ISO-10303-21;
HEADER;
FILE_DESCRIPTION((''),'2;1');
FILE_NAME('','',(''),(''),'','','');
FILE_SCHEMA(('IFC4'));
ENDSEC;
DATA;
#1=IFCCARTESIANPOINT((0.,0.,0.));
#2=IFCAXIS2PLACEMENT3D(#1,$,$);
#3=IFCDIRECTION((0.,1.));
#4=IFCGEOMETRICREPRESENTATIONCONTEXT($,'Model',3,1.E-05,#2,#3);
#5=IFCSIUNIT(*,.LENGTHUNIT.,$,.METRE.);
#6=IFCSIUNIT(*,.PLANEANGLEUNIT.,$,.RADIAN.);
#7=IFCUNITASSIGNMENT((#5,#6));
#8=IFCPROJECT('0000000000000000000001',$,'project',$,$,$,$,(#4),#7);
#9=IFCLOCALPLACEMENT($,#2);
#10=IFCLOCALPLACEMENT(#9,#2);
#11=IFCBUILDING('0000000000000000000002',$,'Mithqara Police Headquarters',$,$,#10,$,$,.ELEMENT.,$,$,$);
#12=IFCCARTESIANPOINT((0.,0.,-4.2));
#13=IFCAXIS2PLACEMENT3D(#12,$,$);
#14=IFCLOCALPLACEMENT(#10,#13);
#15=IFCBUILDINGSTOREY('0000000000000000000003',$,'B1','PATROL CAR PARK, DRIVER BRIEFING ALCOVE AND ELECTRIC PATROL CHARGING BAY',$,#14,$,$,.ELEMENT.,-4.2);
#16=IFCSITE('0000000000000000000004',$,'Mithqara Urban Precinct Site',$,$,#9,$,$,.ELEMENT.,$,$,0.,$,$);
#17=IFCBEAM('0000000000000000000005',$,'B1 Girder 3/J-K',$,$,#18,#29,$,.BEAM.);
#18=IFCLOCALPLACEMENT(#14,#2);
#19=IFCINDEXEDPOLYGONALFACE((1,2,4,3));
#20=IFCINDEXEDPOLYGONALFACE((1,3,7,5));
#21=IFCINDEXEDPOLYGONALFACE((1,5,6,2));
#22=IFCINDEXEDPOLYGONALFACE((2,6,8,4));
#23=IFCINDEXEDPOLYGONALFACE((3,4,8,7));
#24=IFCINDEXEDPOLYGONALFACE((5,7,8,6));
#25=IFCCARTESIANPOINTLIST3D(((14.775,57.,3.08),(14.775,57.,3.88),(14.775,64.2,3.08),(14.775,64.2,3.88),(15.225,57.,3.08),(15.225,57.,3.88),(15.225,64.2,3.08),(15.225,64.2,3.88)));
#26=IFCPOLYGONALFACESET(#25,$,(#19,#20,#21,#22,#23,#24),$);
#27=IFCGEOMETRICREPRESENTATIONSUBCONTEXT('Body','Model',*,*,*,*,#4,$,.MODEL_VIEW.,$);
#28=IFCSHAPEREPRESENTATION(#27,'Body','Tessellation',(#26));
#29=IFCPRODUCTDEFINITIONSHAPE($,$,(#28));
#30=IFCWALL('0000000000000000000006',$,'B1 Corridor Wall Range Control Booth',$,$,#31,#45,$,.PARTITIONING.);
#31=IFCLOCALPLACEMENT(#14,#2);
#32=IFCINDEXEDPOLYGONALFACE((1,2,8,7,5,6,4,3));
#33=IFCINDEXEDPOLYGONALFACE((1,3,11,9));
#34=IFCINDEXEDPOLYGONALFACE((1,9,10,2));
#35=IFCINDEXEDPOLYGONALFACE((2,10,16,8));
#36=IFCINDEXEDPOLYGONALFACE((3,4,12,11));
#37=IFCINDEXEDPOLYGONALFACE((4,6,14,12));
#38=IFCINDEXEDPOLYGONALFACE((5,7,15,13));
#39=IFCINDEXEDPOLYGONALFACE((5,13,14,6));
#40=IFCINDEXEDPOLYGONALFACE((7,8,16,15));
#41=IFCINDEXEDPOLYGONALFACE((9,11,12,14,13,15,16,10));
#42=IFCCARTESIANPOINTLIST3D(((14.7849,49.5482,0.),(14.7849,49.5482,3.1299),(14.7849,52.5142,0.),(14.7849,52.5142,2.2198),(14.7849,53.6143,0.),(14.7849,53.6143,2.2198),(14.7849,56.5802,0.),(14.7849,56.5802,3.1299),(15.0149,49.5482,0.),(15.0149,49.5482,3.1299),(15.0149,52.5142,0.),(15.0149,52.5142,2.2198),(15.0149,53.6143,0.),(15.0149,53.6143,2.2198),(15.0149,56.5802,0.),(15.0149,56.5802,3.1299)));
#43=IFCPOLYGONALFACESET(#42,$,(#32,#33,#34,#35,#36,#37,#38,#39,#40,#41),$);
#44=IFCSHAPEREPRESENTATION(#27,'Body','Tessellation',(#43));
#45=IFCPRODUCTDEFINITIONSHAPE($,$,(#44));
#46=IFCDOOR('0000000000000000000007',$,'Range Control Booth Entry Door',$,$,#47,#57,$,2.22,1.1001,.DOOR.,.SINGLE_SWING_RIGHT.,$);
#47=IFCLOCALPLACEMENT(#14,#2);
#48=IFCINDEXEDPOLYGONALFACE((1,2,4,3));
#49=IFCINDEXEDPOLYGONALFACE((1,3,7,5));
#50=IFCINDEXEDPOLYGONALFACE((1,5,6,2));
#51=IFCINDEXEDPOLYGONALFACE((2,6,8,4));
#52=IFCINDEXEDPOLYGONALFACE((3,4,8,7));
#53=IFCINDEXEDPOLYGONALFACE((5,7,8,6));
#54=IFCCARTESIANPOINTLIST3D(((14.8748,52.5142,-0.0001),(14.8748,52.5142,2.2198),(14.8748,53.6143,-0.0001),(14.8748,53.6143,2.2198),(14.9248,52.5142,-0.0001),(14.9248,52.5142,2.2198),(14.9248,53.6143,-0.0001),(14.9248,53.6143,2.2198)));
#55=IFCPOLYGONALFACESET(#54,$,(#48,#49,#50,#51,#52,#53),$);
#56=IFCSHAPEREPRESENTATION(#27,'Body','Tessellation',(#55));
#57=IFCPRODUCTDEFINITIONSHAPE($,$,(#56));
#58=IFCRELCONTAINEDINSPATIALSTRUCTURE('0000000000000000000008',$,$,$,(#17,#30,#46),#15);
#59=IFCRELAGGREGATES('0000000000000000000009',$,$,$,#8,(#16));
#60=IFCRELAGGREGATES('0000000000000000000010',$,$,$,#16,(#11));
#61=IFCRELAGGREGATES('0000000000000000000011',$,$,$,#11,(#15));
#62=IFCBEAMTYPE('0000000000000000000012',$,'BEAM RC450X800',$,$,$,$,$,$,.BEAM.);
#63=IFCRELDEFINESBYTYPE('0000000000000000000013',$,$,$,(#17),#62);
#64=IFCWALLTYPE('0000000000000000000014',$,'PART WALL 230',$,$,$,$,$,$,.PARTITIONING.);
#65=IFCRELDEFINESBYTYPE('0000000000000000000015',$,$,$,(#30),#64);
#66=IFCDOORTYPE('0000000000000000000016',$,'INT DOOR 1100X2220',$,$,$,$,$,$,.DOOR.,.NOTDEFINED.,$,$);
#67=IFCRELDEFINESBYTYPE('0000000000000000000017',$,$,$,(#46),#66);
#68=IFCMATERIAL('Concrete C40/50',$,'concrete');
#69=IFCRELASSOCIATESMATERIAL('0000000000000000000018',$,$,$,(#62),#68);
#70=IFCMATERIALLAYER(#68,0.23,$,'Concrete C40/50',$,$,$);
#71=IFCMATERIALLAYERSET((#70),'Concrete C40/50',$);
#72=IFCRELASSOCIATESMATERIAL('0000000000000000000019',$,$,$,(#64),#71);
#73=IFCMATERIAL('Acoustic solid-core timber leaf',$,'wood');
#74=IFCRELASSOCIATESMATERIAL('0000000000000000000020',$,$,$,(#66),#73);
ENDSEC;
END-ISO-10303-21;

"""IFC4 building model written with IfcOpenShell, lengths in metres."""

from ifc_helpers import new_model, si_unit, direction, frame, frame_2d, origin, origin_2d, place, context, subcontext, project, spatial, rectangle, extrude, material, layer, layer_set, material_profile, profile_set, type_object, element, fill, save


model = new_model("IFC4")

# Units and contexts
model_context = context("Model", 3, precision=1e-05, world=origin(), true_north=direction((0.0, 1.0)))
body_context = subcontext(model_context, "Body", "Model", "MODEL_VIEW")
ifc_project = project(units=[si_unit("LENGTHUNIT", "METRE"), si_unit("PLANEANGLEUNIT", "RADIAN")], contexts=[model_context])

# Site, building, storey
site_placement = place(None, origin())
site = spatial("IfcSite", under=ifc_project, at=site_placement, Name="Mithqara Urban Precinct Site", CompositionType="ELEMENT", RefElevation=0.0)
building_placement = place(site_placement, origin())
building = spatial("IfcBuilding", under=site, at=building_placement, Name="Mithqara Police Headquarters", CompositionType="ELEMENT")
storey_placement = place(building_placement, frame((0.0, 0.0, -4.2)))
storey = spatial("IfcBuildingStorey", under=building, at=storey_placement, Name="B1", Description="PATROL CAR PARK, DRIVER BRIEFING ALCOVE AND ELECTRIC PATROL CHARGING BAY", CompositionType="ELEMENT", Elevation=-4.2)

# Shared definitions
ifc_material_1 = material(Name="Concrete C40/50", Category="concrete")

# Beam
ifc_material_profile_1 = material_profile(ifc_material_1, rectangle(XDim=0.45, YDim=0.8, at=origin_2d()), Name="RC 450x800")
ifc_profile_set_1 = profile_set([ifc_material_profile_1], Name="Concrete C40/50")
beam_type_1 = type_object("IfcBeamType", Name="BEAM RC450X800", PredefinedType="BEAM", material=ifc_profile_set_1)
beam_1_placement = place(storey_placement, frame((15.0, 57.0, 3.48), z_axis=(0.0, 1.0, 0.0), x_axis=(-1.0, 0.0, 0.0)))
element("IfcBeam", 1, at=beam_1_placement, inside=storey, type_object=beam_type_1, Name="B1 Girder 3/J-K", PredefinedType="BEAM", context=body_context, shape_type="SweptSolid", body=[
    extrude(rectangle(XDim=0.45, YDim=0.8, at=origin_2d()), origin(), (0.0, 0.0, 1.0), 7.2),
])

# Wall, opening, door
ifc_layer = layer(ifc_material_1, 0.23, Name="Concrete C40/50")
ifc_layer_set = layer_set([ifc_layer], Name="Concrete C40/50")
wall_type = type_object("IfcWallType", Name="PART WALL 230", PredefinedType="PARTITIONING", material=ifc_layer_set)
wall_placement = place(storey_placement, frame((14.8999, 49.5481, 0.0), z_axis=(0.0, 0.0, 1.0), x_axis=(0.0, 1.0, 0.0)))
wall = element("IfcWall", 2, at=wall_placement, inside=storey, type_object=wall_type, Name="B1 Corridor Wall Range Control Booth", PredefinedType="PARTITIONING", context=body_context, shape_type="SweptSolid", body=[
    extrude(rectangle(XDim=7.032, YDim=0.23, at=frame_2d((3.5161, 0.0))), origin(), (0.0, 0.0, 1.0), 3.1299),
])
opening_placement = place(wall_placement, frame((2.9661, 0.0, 0.0)))
opening = element("IfcOpeningElement", 3, at=opening_placement, cuts=wall, PredefinedType="OPENING", context=body_context, shape_type="SweptSolid", body=[
    extrude(rectangle(XDim=1.1001, YDim=2.22, at=frame_2d((0.55, 1.1099))), frame((0.0, 0.125, 0.0), z_axis=(0.0, -1.0, 0.0), x_axis=(1.0, 0.0, 0.0)), (0.0, 0.0, 1.0), 0.25),
])
ifc_material_2 = material(Name="Acoustic solid-core timber leaf", Category="wood")
door_type = type_object("IfcDoorType", Name="INT DOOR 1100X2220", OperationType="NOTDEFINED", PredefinedType="DOOR", material=ifc_material_2)
door_placement = place(opening_placement, frame((1.1001, 0.0, 0.0), z_axis=(0.0, 0.0, 1.0), x_axis=(-1.0, 0.0, 0.0)))
door = element("IfcDoor", 4, at=door_placement, inside=storey, type_object=door_type, Name="Range Control Booth Entry Door", OperationType="SINGLE_SWING_RIGHT", OverallHeight=2.22, OverallWidth=1.1001, PredefinedType="DOOR", context=body_context, shape_type="SweptSolid", body=[
    extrude(rectangle(XDim=1.1001, YDim=2.22, at=frame_2d((0.55, 1.1099))), frame((0.0, 0.0249, 0.0), z_axis=(0.0, -1.0, 0.0), x_axis=(1.0, 0.0, 0.0)), (0.0, 0.0, 1.0), 0.05),
])
fill(opening, door)

save(model, "model.ifc")
